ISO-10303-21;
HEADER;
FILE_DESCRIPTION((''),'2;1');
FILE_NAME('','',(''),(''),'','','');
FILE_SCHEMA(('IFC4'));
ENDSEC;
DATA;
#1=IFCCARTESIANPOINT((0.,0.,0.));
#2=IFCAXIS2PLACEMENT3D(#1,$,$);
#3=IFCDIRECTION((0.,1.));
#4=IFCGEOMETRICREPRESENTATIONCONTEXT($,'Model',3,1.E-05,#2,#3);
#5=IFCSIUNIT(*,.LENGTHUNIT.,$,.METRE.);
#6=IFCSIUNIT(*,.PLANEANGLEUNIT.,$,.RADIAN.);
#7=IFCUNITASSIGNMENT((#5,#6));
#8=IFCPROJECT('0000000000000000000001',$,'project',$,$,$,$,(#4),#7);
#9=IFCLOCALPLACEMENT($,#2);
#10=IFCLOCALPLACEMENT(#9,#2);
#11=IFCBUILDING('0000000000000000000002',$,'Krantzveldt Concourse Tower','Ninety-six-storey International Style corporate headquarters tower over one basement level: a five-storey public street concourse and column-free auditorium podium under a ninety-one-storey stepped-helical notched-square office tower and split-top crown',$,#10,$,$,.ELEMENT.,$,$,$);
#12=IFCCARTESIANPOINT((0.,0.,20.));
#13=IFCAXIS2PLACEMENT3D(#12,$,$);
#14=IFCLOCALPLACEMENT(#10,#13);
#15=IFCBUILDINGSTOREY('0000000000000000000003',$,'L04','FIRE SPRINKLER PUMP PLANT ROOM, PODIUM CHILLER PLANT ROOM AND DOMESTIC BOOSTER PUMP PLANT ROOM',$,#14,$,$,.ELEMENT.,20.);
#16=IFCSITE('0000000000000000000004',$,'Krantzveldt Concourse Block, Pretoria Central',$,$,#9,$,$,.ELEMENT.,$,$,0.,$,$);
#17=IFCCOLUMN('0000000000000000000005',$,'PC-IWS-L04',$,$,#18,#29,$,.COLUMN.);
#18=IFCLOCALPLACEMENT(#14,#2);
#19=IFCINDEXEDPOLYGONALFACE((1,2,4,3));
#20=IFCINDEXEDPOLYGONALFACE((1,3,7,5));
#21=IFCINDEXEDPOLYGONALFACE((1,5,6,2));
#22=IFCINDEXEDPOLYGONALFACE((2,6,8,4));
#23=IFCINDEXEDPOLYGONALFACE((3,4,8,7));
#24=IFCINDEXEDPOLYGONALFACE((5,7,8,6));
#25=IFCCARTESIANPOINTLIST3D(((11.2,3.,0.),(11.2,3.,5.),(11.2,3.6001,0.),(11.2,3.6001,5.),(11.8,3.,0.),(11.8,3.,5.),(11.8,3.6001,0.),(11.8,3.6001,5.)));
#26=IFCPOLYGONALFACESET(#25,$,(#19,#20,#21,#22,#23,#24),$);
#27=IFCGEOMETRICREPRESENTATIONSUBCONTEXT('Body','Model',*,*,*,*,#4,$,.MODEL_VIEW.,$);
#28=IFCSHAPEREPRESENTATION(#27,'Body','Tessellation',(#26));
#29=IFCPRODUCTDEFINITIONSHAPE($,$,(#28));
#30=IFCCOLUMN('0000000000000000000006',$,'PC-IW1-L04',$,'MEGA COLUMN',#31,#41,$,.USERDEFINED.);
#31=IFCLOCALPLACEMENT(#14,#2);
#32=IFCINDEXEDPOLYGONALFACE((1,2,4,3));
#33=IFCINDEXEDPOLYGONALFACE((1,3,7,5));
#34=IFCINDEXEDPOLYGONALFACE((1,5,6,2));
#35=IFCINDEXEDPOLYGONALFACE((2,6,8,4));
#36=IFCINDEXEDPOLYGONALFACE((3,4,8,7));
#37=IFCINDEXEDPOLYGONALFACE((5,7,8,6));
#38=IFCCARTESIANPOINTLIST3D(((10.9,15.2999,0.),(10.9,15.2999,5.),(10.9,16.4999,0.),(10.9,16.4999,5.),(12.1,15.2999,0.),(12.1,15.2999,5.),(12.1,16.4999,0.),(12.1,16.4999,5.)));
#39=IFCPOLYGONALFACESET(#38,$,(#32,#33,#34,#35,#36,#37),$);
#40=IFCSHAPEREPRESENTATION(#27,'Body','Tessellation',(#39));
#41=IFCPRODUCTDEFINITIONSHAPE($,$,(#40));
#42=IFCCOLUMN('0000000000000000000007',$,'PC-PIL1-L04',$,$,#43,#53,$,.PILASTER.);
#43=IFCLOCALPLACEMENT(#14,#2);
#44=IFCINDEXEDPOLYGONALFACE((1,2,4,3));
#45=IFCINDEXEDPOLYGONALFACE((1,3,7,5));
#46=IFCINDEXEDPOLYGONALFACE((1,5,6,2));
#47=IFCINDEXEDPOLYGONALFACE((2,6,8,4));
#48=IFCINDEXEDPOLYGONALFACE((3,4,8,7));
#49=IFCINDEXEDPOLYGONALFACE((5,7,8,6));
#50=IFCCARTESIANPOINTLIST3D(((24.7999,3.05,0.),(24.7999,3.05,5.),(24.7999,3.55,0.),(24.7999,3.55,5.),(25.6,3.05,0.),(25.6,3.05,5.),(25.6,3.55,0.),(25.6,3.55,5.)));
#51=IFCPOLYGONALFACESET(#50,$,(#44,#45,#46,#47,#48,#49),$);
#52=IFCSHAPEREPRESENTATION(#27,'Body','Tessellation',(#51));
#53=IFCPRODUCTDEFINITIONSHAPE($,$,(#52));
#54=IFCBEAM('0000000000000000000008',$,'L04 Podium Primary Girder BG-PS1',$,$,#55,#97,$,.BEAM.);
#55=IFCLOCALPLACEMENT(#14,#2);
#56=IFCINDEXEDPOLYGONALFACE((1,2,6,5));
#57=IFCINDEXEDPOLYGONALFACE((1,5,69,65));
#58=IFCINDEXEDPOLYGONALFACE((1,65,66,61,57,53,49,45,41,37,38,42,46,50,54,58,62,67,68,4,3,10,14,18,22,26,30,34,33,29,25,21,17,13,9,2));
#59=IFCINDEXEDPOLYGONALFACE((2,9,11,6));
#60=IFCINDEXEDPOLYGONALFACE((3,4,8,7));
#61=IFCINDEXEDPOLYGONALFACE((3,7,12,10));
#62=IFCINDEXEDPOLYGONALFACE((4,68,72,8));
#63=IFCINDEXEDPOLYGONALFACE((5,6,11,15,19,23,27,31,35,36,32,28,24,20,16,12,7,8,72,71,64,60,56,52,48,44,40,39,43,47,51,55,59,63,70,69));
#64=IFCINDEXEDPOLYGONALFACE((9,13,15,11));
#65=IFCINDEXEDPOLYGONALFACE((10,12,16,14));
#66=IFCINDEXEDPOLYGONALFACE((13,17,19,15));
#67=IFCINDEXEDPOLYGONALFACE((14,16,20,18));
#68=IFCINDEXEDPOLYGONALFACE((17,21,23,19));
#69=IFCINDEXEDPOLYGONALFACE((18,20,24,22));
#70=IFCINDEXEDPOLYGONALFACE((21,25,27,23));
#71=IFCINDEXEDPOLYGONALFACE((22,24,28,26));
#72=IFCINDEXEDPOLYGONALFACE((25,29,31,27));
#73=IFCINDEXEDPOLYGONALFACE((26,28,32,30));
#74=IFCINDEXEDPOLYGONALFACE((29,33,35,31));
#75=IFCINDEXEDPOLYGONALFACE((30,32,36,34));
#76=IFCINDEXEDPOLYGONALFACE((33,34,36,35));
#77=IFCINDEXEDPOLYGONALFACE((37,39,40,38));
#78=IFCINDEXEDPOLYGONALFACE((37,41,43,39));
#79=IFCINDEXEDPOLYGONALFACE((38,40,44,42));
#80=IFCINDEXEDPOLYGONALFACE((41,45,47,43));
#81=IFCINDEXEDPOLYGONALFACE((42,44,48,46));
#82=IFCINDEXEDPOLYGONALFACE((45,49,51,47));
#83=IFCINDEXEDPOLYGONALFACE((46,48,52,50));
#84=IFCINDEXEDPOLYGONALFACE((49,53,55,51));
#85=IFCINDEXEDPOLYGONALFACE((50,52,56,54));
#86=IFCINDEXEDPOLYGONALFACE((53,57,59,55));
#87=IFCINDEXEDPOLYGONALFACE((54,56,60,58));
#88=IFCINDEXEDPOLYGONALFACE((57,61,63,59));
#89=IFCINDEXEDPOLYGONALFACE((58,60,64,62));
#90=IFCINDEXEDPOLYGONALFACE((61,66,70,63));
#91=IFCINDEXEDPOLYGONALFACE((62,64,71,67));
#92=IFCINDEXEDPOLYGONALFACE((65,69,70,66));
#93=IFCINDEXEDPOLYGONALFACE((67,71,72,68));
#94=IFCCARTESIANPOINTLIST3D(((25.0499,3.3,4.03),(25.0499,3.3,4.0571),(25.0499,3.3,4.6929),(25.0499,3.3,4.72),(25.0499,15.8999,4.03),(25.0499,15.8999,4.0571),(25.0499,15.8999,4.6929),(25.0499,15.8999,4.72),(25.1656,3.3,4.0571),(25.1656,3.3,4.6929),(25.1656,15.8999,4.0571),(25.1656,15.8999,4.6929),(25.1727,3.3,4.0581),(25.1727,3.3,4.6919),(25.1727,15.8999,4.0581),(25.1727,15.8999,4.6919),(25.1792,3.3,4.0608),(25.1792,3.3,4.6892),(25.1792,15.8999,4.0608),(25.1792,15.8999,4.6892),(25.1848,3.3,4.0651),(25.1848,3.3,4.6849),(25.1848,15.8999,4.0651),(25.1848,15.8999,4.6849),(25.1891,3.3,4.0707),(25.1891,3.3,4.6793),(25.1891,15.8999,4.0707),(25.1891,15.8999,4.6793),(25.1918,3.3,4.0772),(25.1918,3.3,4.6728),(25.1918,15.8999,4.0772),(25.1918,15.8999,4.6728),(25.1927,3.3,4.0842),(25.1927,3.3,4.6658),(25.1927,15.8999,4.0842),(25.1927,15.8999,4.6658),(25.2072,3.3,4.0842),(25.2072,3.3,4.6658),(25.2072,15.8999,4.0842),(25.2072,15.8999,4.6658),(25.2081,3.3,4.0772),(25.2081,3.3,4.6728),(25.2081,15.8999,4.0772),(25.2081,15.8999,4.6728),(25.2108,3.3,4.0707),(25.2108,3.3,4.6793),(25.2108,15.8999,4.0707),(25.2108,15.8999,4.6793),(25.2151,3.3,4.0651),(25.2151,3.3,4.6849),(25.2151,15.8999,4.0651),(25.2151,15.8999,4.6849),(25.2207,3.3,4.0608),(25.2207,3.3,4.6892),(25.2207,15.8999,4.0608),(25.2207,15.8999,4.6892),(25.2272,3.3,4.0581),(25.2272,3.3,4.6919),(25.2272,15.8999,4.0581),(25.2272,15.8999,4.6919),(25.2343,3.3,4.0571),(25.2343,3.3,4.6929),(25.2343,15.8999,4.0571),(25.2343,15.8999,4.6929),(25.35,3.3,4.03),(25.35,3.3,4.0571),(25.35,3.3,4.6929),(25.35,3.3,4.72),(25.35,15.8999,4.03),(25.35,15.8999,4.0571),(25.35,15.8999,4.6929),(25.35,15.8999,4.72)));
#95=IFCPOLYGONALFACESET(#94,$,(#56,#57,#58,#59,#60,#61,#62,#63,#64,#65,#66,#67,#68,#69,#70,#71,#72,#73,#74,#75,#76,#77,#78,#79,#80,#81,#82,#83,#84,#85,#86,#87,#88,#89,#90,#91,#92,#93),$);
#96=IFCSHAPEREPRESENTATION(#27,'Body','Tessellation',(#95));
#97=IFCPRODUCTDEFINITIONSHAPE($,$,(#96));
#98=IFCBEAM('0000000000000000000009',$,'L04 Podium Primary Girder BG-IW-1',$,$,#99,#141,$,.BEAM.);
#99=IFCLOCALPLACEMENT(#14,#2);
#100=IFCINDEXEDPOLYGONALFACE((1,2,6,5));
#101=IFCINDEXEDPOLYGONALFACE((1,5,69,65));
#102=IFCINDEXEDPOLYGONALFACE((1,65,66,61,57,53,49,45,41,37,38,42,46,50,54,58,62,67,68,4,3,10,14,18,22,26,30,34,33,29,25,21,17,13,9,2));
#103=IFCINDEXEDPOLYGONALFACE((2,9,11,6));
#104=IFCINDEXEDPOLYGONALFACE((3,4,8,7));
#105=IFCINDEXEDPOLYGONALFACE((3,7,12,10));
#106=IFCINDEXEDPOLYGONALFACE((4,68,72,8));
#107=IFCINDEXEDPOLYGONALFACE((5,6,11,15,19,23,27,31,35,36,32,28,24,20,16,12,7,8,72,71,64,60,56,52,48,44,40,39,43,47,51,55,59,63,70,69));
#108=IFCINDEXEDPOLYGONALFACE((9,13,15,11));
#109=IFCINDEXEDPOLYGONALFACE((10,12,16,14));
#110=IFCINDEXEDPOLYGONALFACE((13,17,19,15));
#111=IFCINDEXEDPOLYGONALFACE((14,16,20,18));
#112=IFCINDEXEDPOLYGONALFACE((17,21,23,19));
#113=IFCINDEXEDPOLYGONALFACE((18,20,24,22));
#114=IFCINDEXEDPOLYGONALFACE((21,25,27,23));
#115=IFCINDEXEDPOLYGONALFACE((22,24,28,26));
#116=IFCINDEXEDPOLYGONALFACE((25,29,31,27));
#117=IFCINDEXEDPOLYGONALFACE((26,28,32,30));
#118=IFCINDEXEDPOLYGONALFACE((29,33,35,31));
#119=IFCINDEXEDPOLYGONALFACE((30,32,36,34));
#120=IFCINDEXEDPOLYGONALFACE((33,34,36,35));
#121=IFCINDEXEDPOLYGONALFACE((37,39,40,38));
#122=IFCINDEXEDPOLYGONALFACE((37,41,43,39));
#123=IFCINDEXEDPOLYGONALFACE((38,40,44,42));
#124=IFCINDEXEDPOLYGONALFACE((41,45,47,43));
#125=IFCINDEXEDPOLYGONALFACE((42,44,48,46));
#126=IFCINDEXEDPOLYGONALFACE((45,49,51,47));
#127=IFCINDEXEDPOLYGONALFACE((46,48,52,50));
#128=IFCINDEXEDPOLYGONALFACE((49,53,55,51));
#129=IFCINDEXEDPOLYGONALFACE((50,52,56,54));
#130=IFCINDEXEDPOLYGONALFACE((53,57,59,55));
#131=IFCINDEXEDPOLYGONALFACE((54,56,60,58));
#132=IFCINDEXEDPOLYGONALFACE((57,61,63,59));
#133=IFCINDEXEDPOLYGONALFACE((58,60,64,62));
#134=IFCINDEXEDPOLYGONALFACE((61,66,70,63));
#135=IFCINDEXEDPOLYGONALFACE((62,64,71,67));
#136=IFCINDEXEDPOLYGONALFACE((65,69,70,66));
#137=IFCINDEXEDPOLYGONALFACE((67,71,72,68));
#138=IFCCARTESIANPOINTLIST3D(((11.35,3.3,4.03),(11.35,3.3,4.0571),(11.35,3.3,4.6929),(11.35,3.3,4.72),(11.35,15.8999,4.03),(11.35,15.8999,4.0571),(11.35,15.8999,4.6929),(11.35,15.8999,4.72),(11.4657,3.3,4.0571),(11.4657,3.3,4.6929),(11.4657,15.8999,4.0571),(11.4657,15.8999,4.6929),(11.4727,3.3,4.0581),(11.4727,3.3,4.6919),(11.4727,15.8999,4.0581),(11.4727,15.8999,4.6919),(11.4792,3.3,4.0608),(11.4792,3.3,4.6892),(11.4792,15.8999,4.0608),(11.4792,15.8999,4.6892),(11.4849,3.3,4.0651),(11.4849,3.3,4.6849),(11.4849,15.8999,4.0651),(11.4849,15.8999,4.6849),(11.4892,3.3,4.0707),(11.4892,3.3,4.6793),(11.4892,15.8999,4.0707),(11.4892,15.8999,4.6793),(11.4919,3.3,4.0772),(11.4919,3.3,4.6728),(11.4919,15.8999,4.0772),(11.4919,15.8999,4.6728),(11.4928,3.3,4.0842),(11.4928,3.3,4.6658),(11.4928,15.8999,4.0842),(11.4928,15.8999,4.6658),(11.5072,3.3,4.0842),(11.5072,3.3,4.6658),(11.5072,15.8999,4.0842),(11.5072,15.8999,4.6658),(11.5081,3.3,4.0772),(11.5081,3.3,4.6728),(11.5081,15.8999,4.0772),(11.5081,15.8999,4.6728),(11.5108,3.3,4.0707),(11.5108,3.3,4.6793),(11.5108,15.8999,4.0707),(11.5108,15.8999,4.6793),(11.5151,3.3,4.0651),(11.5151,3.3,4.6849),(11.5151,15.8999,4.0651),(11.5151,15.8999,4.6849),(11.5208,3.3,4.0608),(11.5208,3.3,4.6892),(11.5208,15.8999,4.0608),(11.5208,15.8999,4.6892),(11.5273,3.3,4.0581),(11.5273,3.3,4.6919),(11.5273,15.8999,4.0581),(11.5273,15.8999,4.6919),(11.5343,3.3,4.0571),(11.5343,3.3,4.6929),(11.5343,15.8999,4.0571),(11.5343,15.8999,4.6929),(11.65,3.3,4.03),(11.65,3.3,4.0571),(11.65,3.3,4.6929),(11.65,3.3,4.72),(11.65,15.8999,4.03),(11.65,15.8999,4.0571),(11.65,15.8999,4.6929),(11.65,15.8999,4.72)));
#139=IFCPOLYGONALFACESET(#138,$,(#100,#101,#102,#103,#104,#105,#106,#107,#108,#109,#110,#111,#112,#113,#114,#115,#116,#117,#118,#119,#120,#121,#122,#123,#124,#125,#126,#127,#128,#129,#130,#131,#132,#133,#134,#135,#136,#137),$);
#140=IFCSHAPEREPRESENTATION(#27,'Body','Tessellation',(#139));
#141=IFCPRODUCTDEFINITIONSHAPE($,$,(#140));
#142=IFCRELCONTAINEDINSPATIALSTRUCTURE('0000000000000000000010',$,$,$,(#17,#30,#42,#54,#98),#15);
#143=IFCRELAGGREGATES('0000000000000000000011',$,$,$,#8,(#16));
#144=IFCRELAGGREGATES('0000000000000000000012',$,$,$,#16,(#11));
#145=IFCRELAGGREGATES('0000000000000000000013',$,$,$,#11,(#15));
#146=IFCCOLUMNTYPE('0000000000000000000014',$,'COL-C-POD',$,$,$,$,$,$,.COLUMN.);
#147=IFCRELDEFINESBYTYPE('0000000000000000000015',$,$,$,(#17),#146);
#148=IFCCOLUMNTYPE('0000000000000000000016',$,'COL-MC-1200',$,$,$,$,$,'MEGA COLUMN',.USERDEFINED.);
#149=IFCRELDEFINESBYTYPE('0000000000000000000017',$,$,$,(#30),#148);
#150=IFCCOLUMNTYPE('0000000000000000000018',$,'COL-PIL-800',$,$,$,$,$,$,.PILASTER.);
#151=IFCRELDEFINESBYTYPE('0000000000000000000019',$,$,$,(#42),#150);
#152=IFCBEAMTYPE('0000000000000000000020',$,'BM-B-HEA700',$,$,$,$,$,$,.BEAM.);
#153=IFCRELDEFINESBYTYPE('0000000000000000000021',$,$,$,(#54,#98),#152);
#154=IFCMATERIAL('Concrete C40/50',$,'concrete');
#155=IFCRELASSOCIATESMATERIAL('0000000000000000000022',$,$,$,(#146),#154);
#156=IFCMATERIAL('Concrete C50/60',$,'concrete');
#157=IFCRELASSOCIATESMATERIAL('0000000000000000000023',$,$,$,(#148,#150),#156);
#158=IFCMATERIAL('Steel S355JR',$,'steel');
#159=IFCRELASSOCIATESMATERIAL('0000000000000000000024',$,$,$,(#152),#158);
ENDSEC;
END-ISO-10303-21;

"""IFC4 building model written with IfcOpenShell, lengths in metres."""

from ifc_helpers import new_model, si_unit, direction, frame, origin, origin_2d, place, context, subcontext, project, spatial, rectangle, i_section, extrude, source, transform, mapped, material, material_profile, profile_set, type_object, type_shapes, element, save


model = new_model("IFC4")

# Units and contexts
model_context = context("Model", 3, precision=1e-05, world=origin(), true_north=direction((0.0, 1.0)))
body_context = subcontext(model_context, "Body", "Model", "MODEL_VIEW")
ifc_project = project(units=[si_unit("LENGTHUNIT", "METRE"), si_unit("PLANEANGLEUNIT", "RADIAN")], contexts=[model_context])

# Site, building, storey
site_placement = place(None, origin())
site = spatial("IfcSite", under=ifc_project, at=site_placement, Name="Krantzveldt Concourse Block, Pretoria Central", CompositionType="ELEMENT", RefElevation=0.0)
building_placement = place(site_placement, origin())
building = spatial("IfcBuilding", under=site, at=building_placement, Name="Krantzveldt Concourse Tower", Description="Ninety-six-storey International Style corporate headquarters tower over one basement level: a five-storey public street concourse and column-free auditorium podium under a ninety-one-storey stepped-helical notched-square office tower and split-top crown", CompositionType="ELEMENT")
storey_placement = place(building_placement, frame((0.0, 0.0, 20.0)))
storey = spatial("IfcBuildingStorey", under=building, at=storey_placement, Name="L04", Description="FIRE SPRINKLER PUMP PLANT ROOM, PODIUM CHILLER PLANT ROOM AND DOMESTIC BOOSTER PUMP PLANT ROOM", CompositionType="ELEMENT", Elevation=20.0)

# Columns
ifc_material_1 = material(Name="Concrete C40/50", Category="concrete")
ifc_material_profile_1 = material_profile(ifc_material_1, rectangle(XDim=0.6001, YDim=0.6001, at=origin_2d()), Name="Concrete C40/50", Category="concrete")
ifc_profile_set_1 = profile_set([ifc_material_profile_1], Name="Concrete C40/50 - RC 600x600")
column_type_1 = type_object("IfcColumnType", Name="COL-C-POD", PredefinedType="COLUMN", material=ifc_profile_set_1)
shared_shape_1 = source(origin(), body_context, "Body", "SweptSolid", [
    extrude(rectangle(XDim=0.6001, YDim=0.6001, at=origin_2d()), origin(), (0.0, 0.0, 1.0), 5.0),
])
type_shapes(column_type_1, [shared_shape_1])
column_1_placement = place(storey_placement, frame((11.5, 3.3, 0.0), z_axis=(0.0, 0.0, 1.0), x_axis=(1.0, 0.0, 0.0)))
element("IfcColumn", 1, at=column_1_placement, inside=storey, type_object=column_type_1, Name="PC-IWS-L04", PredefinedType="COLUMN", context=body_context, shape_type="MappedRepresentation", body=[
    mapped(shared_shape_1, transform((0.0, 0.0, 0.0), x_axis=(1.0, 0.0, 0.0), y_axis=(0.0, 1.0, 0.0), z_axis=(0.0, 0.0, 1.0), scale=1.0)),
])
ifc_material_2 = material(Name="Concrete C50/60", Category="concrete")
ifc_material_profile_2 = material_profile(ifc_material_2, rectangle(XDim=1.2, YDim=1.2, at=origin_2d()), Name="Concrete C50/60", Category="concrete")
ifc_profile_set_2 = profile_set([ifc_material_profile_2], Name="Concrete C50/60 - RC 1200x1200")
column_type_2 = type_object("IfcColumnType", Name="COL-MC-1200", ElementType="MEGA COLUMN", PredefinedType="USERDEFINED", material=ifc_profile_set_2)
shared_shape_2 = source(origin(), body_context, "Body", "SweptSolid", [
    extrude(rectangle(XDim=1.2, YDim=1.2, at=origin_2d()), origin(), (0.0, 0.0, 1.0), 5.0),
])
type_shapes(column_type_2, [shared_shape_2])
column_2_placement = place(storey_placement, frame((11.5, 15.8999, 0.0), z_axis=(0.0, 0.0, 1.0), x_axis=(1.0, 0.0, 0.0)))
element("IfcColumn", 2, at=column_2_placement, inside=storey, type_object=column_type_2, Name="PC-IW1-L04", ObjectType="MEGA COLUMN", PredefinedType="USERDEFINED", context=body_context, shape_type="MappedRepresentation", body=[
    mapped(shared_shape_2, transform((0.0, 0.0, 0.0), x_axis=(1.0, 0.0, 0.0), y_axis=(0.0, 1.0, 0.0), z_axis=(0.0, 0.0, 1.0), scale=1.0)),
])
ifc_material_profile_3 = material_profile(ifc_material_2, rectangle(XDim=0.8, YDim=0.5, at=origin_2d()), Name="Concrete C50/60", Category="concrete")
ifc_profile_set_3 = profile_set([ifc_material_profile_3], Name="Concrete C50/60 - RC-PIL 800x500")
column_type_3 = type_object("IfcColumnType", Name="COL-PIL-800", PredefinedType="PILASTER", material=ifc_profile_set_3)
shared_shape_3 = source(origin(), body_context, "Body", "SweptSolid", [
    extrude(rectangle(XDim=0.8, YDim=0.5, at=origin_2d()), origin(), (0.0, 0.0, 1.0), 5.0),
])
type_shapes(column_type_3, [shared_shape_3])
column_3_placement = place(storey_placement, frame((25.2, 3.3, 0.0), z_axis=(0.0, 0.0, 1.0), x_axis=(1.0, 0.0, 0.0)))
element("IfcColumn", 3, at=column_3_placement, inside=storey, type_object=column_type_3, Name="PC-PIL1-L04", PredefinedType="PILASTER", context=body_context, shape_type="MappedRepresentation", body=[
    mapped(shared_shape_3, transform((0.0, 0.0, 0.0), x_axis=(1.0, 0.0, 0.0), y_axis=(0.0, 1.0, 0.0), z_axis=(0.0, 0.0, 1.0), scale=1.0)),
])

# Beams
ifc_material_3 = material(Name="Steel S355JR", Category="steel")
ifc_material_profile_4 = material_profile(ifc_material_3, i_section(OverallWidth=0.3, OverallDepth=0.6899, WebThickness=0.0144, FlangeThickness=0.0271, FilletRadius=0.0271, at=origin_2d()), Name="Steel S355JR", Category="steel")
ifc_profile_set_4 = profile_set([ifc_material_profile_4], Name="Steel S355JR - HEA 700")
beam_type_1 = type_object("IfcBeamType", Name="BM-B-HEA700", PredefinedType="BEAM", material=ifc_profile_set_4)
shared_shape_4 = source(origin(), body_context, "Body", "SweptSolid", [
    extrude(i_section(OverallWidth=0.3, OverallDepth=0.6899, WebThickness=0.0144, FlangeThickness=0.0271, FilletRadius=0.0271, at=origin_2d()), origin(), (0.0, 0.0, 1.0), 12.5999),
])
type_shapes(beam_type_1, [shared_shape_4])
for number, where, z_axis, x_axis, name in (
    (4, (25.2, 3.3, 4.375), (0.0, 1.0, 0.0), (-1.0, 0.0, 0.0), "L04 Podium Primary Girder BG-PS1"),
    (5, (11.5, 3.3, 4.375), (0.0, 1.0, 0.0), (-1.0, 0.0, 0.0), "L04 Podium Primary Girder BG-IW-1"),
):
    element("IfcBeam", number, at=place(storey_placement, frame(where, z_axis=z_axis, x_axis=x_axis)), inside=storey, type_object=beam_type_1, Name=name, PredefinedType="BEAM", context=body_context, shape_type="MappedRepresentation", body=[
        mapped(shared_shape_4, transform((0.0, 0.0, 0.0), x_axis=(1.0, 0.0, 0.0), y_axis=(0.0, 1.0, 0.0), z_axis=(0.0, 0.0, 1.0), scale=1.0)),
    ])

save(model, "model.ifc")
